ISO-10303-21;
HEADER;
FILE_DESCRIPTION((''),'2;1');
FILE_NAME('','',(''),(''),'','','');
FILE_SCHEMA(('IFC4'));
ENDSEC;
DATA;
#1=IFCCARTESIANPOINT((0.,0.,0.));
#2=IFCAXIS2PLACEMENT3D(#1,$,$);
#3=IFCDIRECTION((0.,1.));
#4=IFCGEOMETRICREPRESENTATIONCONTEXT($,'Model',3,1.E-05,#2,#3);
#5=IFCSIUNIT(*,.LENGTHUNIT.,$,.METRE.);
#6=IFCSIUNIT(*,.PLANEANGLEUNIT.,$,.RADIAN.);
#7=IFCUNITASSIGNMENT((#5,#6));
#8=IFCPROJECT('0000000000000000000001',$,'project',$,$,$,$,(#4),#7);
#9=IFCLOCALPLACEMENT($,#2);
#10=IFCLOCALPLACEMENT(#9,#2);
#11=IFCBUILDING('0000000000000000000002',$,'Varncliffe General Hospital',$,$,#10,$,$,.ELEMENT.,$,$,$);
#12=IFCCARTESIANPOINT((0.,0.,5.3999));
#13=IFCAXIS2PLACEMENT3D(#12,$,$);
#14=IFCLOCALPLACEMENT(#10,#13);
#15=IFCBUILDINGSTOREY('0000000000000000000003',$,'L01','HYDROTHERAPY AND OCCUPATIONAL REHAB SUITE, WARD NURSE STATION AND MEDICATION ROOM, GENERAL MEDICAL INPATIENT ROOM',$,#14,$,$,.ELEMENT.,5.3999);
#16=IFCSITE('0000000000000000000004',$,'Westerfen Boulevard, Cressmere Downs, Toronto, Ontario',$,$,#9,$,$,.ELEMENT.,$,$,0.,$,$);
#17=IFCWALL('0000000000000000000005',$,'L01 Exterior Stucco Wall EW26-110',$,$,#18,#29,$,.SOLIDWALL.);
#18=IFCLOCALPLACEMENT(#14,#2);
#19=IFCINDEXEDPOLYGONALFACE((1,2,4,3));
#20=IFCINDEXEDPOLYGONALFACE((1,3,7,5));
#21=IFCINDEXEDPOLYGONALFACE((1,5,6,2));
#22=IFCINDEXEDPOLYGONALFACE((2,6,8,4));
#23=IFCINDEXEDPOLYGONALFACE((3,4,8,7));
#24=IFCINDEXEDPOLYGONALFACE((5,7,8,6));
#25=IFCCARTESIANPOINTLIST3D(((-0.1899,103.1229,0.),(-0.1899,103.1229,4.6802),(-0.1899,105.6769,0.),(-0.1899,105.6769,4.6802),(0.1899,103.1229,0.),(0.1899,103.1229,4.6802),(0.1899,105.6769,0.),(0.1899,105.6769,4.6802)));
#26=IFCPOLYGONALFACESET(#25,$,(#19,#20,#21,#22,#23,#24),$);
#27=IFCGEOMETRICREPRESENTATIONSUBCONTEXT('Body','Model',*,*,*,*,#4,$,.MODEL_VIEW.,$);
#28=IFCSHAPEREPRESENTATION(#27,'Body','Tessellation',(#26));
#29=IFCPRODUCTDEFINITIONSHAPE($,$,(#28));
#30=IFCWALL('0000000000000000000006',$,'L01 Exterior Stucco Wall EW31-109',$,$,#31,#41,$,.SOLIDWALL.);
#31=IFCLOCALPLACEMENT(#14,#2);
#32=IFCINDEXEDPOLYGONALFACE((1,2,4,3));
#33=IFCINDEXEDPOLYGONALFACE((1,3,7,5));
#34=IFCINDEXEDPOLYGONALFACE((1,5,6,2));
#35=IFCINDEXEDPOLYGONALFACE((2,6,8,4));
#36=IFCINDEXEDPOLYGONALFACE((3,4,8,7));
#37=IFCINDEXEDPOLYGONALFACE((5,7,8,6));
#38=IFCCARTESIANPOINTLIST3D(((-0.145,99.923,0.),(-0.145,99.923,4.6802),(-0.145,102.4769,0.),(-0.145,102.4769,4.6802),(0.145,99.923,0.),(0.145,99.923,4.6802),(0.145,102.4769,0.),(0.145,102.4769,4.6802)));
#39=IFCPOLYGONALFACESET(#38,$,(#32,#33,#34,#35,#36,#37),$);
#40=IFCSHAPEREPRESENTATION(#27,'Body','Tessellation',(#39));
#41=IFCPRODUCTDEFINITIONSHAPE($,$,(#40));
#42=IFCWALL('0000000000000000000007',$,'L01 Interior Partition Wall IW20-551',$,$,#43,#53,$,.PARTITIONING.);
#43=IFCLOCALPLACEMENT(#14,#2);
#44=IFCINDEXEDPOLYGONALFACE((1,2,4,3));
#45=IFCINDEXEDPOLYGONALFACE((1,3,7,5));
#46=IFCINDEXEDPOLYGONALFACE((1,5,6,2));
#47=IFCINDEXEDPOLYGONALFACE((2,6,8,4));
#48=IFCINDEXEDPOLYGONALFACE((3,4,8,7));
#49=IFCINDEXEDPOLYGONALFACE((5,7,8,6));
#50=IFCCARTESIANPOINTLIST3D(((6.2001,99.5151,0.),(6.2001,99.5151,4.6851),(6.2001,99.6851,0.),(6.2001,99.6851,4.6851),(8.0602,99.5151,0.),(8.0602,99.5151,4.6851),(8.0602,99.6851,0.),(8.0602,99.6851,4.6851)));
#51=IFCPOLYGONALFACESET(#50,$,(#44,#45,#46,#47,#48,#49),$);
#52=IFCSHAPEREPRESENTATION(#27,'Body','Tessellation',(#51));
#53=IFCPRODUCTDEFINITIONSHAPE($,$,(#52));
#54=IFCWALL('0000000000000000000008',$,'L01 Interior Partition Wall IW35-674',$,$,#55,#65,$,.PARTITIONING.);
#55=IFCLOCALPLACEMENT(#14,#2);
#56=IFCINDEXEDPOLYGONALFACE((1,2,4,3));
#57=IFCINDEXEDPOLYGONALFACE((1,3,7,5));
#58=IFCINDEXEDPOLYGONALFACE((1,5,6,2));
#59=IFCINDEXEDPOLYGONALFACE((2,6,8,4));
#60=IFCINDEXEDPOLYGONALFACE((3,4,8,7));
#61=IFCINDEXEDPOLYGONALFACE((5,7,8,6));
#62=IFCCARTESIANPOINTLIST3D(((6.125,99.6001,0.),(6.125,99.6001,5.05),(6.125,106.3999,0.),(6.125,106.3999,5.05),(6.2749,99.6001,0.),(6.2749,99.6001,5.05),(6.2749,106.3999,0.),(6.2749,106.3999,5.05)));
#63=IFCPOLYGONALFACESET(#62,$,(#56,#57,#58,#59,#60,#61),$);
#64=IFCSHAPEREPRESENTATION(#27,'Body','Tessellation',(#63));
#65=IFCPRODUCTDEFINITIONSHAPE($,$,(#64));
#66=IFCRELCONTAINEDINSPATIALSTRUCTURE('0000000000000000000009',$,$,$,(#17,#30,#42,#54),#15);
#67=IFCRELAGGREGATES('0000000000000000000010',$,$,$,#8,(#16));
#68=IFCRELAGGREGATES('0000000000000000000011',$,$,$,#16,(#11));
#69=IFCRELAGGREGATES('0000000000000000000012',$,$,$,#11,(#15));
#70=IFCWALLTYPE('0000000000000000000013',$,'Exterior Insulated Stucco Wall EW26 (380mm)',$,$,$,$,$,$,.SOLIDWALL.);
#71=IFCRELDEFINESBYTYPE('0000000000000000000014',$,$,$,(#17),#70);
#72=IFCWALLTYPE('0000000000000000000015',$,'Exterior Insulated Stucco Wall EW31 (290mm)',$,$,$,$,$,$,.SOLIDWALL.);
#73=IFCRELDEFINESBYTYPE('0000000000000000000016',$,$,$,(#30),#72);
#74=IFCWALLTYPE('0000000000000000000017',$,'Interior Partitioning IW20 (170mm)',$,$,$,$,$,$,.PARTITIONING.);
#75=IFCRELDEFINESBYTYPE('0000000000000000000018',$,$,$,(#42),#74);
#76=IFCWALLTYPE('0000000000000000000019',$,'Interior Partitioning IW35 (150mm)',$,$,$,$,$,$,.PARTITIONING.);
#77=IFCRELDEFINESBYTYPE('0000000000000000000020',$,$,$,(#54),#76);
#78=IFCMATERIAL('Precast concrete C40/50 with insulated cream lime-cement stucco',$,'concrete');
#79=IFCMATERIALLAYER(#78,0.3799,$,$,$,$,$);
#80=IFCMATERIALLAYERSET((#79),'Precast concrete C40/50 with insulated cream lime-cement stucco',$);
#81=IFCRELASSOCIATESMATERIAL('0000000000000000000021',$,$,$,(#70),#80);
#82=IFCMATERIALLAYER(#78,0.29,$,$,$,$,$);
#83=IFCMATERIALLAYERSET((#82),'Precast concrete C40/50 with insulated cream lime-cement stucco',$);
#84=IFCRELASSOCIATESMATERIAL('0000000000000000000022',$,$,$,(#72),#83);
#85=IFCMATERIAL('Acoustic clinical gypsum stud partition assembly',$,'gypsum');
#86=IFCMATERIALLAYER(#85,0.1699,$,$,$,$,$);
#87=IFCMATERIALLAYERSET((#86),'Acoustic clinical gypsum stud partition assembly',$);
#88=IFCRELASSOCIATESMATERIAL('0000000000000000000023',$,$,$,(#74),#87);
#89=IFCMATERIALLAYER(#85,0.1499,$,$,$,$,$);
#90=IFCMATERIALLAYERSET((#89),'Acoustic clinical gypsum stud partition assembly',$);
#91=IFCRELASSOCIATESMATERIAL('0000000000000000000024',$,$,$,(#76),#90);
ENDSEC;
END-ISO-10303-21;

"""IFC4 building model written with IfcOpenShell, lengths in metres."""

from ifc_helpers import new_model, si_unit, direction, frame, frame_2d, origin, place, context, subcontext, project, spatial, rectangle, extrude, material, layer, layer_set, type_object, element, save


model = new_model("IFC4")

# Units and contexts
model_context = context("Model", 3, precision=1e-05, world=origin(), true_north=direction((0.0, 1.0)))
body_context = subcontext(model_context, "Body", "Model", "MODEL_VIEW")
ifc_project = project(units=[si_unit("LENGTHUNIT", "METRE"), si_unit("PLANEANGLEUNIT", "RADIAN")], contexts=[model_context])

# Site, building, storey
site_placement = place(None, origin())
site = spatial("IfcSite", under=ifc_project, at=site_placement, Name="Westerfen Boulevard, Cressmere Downs, Toronto, Ontario", CompositionType="ELEMENT", RefElevation=0.0)
building_placement = place(site_placement, origin())
building = spatial("IfcBuilding", under=site, at=building_placement, Name="Varncliffe General Hospital", CompositionType="ELEMENT")
storey_placement = place(building_placement, frame((0.0, 0.0, 5.3999)))
storey = spatial("IfcBuildingStorey", under=building, at=storey_placement, Name="L01", Description="HYDROTHERAPY AND OCCUPATIONAL REHAB SUITE, WARD NURSE STATION AND MEDICATION ROOM, GENERAL MEDICAL INPATIENT ROOM", CompositionType="ELEMENT", Elevation=5.3999)

# Walls
ifc_material_1 = material(Name="Precast concrete C40/50 with insulated cream lime-cement stucco", Category="concrete")
ifc_layer_1 = layer(ifc_material_1, 0.3799)
ifc_layer_set_1 = layer_set([ifc_layer_1], Name="Precast concrete C40/50 with insulated cream lime-cement stucco")
wall_type_1 = type_object("IfcWallType", Name="Exterior Insulated Stucco Wall EW26 (380mm)", PredefinedType="SOLIDWALL", material=ifc_layer_set_1)
wall_1_placement = place(storey_placement, frame((0.0, 103.123, 0.0), z_axis=(0.0, 0.0, 1.0), x_axis=(0.0, 1.0, 0.0)))
element("IfcWall", 1, at=wall_1_placement, inside=storey, type_object=wall_type_1, Name="L01 Exterior Stucco Wall EW26-110", PredefinedType="SOLIDWALL", context=body_context, shape_type="SweptSolid", body=[
    extrude(rectangle(XDim=2.554, YDim=0.3799, at=frame_2d((1.2769, 0.0))), origin(), (0.0, 0.0, 1.0), 4.6802),
])
ifc_layer_2 = layer(ifc_material_1, 0.29)
ifc_layer_set_2 = layer_set([ifc_layer_2], Name="Precast concrete C40/50 with insulated cream lime-cement stucco")
wall_type_2 = type_object("IfcWallType", Name="Exterior Insulated Stucco Wall EW31 (290mm)", PredefinedType="SOLIDWALL", material=ifc_layer_set_2)
wall_2_placement = place(storey_placement, frame((0.0, 99.9231, 0.0), z_axis=(0.0, 0.0, 1.0), x_axis=(0.0, 1.0, 0.0)))
element("IfcWall", 2, at=wall_2_placement, inside=storey, type_object=wall_type_2, Name="L01 Exterior Stucco Wall EW31-109", PredefinedType="SOLIDWALL", context=body_context, shape_type="SweptSolid", body=[
    extrude(rectangle(XDim=2.554, YDim=0.29, at=frame_2d((1.2769, 0.0))), origin(), (0.0, 0.0, 1.0), 4.6802),
])
ifc_material_2 = material(Name="Acoustic clinical gypsum stud partition assembly", Category="gypsum")
ifc_layer_3 = layer(ifc_material_2, 0.1699)
ifc_layer_set_3 = layer_set([ifc_layer_3], Name="Acoustic clinical gypsum stud partition assembly")
wall_type_3 = type_object("IfcWallType", Name="Interior Partitioning IW20 (170mm)", PredefinedType="PARTITIONING", material=ifc_layer_set_3)
wall_3_placement = place(storey_placement, frame((6.2, 99.6001, 0.0), z_axis=(0.0, 0.0, 1.0), x_axis=(1.0, 0.0, 0.0)))
element("IfcWall", 3, at=wall_3_placement, inside=storey, type_object=wall_type_3, Name="L01 Interior Partition Wall IW20-551", PredefinedType="PARTITIONING", context=body_context, shape_type="SweptSolid", body=[
    extrude(rectangle(XDim=1.8601, YDim=0.1699, at=frame_2d((0.9302, 0.0))), origin(), (0.0, 0.0, 1.0), 4.6851),
])
ifc_layer_4 = layer(ifc_material_2, 0.1499)
ifc_layer_set_4 = layer_set([ifc_layer_4], Name="Acoustic clinical gypsum stud partition assembly")
wall_type_4 = type_object("IfcWallType", Name="Interior Partitioning IW35 (150mm)", PredefinedType="PARTITIONING", material=ifc_layer_set_4)
wall_4_placement = place(storey_placement, frame((6.2, 99.6001, 0.0), z_axis=(0.0, 0.0, 1.0), x_axis=(0.0, 1.0, 0.0)))
element("IfcWall", 4, at=wall_4_placement, inside=storey, type_object=wall_type_4, Name="L01 Interior Partition Wall IW35-674", PredefinedType="PARTITIONING", context=body_context, shape_type="SweptSolid", body=[
    extrude(rectangle(XDim=6.7998, YDim=0.1499, at=frame_2d((3.3999, 0.0))), origin(), (0.0, 0.0, 1.0), 5.05),
])

save(model, "model.ifc")
